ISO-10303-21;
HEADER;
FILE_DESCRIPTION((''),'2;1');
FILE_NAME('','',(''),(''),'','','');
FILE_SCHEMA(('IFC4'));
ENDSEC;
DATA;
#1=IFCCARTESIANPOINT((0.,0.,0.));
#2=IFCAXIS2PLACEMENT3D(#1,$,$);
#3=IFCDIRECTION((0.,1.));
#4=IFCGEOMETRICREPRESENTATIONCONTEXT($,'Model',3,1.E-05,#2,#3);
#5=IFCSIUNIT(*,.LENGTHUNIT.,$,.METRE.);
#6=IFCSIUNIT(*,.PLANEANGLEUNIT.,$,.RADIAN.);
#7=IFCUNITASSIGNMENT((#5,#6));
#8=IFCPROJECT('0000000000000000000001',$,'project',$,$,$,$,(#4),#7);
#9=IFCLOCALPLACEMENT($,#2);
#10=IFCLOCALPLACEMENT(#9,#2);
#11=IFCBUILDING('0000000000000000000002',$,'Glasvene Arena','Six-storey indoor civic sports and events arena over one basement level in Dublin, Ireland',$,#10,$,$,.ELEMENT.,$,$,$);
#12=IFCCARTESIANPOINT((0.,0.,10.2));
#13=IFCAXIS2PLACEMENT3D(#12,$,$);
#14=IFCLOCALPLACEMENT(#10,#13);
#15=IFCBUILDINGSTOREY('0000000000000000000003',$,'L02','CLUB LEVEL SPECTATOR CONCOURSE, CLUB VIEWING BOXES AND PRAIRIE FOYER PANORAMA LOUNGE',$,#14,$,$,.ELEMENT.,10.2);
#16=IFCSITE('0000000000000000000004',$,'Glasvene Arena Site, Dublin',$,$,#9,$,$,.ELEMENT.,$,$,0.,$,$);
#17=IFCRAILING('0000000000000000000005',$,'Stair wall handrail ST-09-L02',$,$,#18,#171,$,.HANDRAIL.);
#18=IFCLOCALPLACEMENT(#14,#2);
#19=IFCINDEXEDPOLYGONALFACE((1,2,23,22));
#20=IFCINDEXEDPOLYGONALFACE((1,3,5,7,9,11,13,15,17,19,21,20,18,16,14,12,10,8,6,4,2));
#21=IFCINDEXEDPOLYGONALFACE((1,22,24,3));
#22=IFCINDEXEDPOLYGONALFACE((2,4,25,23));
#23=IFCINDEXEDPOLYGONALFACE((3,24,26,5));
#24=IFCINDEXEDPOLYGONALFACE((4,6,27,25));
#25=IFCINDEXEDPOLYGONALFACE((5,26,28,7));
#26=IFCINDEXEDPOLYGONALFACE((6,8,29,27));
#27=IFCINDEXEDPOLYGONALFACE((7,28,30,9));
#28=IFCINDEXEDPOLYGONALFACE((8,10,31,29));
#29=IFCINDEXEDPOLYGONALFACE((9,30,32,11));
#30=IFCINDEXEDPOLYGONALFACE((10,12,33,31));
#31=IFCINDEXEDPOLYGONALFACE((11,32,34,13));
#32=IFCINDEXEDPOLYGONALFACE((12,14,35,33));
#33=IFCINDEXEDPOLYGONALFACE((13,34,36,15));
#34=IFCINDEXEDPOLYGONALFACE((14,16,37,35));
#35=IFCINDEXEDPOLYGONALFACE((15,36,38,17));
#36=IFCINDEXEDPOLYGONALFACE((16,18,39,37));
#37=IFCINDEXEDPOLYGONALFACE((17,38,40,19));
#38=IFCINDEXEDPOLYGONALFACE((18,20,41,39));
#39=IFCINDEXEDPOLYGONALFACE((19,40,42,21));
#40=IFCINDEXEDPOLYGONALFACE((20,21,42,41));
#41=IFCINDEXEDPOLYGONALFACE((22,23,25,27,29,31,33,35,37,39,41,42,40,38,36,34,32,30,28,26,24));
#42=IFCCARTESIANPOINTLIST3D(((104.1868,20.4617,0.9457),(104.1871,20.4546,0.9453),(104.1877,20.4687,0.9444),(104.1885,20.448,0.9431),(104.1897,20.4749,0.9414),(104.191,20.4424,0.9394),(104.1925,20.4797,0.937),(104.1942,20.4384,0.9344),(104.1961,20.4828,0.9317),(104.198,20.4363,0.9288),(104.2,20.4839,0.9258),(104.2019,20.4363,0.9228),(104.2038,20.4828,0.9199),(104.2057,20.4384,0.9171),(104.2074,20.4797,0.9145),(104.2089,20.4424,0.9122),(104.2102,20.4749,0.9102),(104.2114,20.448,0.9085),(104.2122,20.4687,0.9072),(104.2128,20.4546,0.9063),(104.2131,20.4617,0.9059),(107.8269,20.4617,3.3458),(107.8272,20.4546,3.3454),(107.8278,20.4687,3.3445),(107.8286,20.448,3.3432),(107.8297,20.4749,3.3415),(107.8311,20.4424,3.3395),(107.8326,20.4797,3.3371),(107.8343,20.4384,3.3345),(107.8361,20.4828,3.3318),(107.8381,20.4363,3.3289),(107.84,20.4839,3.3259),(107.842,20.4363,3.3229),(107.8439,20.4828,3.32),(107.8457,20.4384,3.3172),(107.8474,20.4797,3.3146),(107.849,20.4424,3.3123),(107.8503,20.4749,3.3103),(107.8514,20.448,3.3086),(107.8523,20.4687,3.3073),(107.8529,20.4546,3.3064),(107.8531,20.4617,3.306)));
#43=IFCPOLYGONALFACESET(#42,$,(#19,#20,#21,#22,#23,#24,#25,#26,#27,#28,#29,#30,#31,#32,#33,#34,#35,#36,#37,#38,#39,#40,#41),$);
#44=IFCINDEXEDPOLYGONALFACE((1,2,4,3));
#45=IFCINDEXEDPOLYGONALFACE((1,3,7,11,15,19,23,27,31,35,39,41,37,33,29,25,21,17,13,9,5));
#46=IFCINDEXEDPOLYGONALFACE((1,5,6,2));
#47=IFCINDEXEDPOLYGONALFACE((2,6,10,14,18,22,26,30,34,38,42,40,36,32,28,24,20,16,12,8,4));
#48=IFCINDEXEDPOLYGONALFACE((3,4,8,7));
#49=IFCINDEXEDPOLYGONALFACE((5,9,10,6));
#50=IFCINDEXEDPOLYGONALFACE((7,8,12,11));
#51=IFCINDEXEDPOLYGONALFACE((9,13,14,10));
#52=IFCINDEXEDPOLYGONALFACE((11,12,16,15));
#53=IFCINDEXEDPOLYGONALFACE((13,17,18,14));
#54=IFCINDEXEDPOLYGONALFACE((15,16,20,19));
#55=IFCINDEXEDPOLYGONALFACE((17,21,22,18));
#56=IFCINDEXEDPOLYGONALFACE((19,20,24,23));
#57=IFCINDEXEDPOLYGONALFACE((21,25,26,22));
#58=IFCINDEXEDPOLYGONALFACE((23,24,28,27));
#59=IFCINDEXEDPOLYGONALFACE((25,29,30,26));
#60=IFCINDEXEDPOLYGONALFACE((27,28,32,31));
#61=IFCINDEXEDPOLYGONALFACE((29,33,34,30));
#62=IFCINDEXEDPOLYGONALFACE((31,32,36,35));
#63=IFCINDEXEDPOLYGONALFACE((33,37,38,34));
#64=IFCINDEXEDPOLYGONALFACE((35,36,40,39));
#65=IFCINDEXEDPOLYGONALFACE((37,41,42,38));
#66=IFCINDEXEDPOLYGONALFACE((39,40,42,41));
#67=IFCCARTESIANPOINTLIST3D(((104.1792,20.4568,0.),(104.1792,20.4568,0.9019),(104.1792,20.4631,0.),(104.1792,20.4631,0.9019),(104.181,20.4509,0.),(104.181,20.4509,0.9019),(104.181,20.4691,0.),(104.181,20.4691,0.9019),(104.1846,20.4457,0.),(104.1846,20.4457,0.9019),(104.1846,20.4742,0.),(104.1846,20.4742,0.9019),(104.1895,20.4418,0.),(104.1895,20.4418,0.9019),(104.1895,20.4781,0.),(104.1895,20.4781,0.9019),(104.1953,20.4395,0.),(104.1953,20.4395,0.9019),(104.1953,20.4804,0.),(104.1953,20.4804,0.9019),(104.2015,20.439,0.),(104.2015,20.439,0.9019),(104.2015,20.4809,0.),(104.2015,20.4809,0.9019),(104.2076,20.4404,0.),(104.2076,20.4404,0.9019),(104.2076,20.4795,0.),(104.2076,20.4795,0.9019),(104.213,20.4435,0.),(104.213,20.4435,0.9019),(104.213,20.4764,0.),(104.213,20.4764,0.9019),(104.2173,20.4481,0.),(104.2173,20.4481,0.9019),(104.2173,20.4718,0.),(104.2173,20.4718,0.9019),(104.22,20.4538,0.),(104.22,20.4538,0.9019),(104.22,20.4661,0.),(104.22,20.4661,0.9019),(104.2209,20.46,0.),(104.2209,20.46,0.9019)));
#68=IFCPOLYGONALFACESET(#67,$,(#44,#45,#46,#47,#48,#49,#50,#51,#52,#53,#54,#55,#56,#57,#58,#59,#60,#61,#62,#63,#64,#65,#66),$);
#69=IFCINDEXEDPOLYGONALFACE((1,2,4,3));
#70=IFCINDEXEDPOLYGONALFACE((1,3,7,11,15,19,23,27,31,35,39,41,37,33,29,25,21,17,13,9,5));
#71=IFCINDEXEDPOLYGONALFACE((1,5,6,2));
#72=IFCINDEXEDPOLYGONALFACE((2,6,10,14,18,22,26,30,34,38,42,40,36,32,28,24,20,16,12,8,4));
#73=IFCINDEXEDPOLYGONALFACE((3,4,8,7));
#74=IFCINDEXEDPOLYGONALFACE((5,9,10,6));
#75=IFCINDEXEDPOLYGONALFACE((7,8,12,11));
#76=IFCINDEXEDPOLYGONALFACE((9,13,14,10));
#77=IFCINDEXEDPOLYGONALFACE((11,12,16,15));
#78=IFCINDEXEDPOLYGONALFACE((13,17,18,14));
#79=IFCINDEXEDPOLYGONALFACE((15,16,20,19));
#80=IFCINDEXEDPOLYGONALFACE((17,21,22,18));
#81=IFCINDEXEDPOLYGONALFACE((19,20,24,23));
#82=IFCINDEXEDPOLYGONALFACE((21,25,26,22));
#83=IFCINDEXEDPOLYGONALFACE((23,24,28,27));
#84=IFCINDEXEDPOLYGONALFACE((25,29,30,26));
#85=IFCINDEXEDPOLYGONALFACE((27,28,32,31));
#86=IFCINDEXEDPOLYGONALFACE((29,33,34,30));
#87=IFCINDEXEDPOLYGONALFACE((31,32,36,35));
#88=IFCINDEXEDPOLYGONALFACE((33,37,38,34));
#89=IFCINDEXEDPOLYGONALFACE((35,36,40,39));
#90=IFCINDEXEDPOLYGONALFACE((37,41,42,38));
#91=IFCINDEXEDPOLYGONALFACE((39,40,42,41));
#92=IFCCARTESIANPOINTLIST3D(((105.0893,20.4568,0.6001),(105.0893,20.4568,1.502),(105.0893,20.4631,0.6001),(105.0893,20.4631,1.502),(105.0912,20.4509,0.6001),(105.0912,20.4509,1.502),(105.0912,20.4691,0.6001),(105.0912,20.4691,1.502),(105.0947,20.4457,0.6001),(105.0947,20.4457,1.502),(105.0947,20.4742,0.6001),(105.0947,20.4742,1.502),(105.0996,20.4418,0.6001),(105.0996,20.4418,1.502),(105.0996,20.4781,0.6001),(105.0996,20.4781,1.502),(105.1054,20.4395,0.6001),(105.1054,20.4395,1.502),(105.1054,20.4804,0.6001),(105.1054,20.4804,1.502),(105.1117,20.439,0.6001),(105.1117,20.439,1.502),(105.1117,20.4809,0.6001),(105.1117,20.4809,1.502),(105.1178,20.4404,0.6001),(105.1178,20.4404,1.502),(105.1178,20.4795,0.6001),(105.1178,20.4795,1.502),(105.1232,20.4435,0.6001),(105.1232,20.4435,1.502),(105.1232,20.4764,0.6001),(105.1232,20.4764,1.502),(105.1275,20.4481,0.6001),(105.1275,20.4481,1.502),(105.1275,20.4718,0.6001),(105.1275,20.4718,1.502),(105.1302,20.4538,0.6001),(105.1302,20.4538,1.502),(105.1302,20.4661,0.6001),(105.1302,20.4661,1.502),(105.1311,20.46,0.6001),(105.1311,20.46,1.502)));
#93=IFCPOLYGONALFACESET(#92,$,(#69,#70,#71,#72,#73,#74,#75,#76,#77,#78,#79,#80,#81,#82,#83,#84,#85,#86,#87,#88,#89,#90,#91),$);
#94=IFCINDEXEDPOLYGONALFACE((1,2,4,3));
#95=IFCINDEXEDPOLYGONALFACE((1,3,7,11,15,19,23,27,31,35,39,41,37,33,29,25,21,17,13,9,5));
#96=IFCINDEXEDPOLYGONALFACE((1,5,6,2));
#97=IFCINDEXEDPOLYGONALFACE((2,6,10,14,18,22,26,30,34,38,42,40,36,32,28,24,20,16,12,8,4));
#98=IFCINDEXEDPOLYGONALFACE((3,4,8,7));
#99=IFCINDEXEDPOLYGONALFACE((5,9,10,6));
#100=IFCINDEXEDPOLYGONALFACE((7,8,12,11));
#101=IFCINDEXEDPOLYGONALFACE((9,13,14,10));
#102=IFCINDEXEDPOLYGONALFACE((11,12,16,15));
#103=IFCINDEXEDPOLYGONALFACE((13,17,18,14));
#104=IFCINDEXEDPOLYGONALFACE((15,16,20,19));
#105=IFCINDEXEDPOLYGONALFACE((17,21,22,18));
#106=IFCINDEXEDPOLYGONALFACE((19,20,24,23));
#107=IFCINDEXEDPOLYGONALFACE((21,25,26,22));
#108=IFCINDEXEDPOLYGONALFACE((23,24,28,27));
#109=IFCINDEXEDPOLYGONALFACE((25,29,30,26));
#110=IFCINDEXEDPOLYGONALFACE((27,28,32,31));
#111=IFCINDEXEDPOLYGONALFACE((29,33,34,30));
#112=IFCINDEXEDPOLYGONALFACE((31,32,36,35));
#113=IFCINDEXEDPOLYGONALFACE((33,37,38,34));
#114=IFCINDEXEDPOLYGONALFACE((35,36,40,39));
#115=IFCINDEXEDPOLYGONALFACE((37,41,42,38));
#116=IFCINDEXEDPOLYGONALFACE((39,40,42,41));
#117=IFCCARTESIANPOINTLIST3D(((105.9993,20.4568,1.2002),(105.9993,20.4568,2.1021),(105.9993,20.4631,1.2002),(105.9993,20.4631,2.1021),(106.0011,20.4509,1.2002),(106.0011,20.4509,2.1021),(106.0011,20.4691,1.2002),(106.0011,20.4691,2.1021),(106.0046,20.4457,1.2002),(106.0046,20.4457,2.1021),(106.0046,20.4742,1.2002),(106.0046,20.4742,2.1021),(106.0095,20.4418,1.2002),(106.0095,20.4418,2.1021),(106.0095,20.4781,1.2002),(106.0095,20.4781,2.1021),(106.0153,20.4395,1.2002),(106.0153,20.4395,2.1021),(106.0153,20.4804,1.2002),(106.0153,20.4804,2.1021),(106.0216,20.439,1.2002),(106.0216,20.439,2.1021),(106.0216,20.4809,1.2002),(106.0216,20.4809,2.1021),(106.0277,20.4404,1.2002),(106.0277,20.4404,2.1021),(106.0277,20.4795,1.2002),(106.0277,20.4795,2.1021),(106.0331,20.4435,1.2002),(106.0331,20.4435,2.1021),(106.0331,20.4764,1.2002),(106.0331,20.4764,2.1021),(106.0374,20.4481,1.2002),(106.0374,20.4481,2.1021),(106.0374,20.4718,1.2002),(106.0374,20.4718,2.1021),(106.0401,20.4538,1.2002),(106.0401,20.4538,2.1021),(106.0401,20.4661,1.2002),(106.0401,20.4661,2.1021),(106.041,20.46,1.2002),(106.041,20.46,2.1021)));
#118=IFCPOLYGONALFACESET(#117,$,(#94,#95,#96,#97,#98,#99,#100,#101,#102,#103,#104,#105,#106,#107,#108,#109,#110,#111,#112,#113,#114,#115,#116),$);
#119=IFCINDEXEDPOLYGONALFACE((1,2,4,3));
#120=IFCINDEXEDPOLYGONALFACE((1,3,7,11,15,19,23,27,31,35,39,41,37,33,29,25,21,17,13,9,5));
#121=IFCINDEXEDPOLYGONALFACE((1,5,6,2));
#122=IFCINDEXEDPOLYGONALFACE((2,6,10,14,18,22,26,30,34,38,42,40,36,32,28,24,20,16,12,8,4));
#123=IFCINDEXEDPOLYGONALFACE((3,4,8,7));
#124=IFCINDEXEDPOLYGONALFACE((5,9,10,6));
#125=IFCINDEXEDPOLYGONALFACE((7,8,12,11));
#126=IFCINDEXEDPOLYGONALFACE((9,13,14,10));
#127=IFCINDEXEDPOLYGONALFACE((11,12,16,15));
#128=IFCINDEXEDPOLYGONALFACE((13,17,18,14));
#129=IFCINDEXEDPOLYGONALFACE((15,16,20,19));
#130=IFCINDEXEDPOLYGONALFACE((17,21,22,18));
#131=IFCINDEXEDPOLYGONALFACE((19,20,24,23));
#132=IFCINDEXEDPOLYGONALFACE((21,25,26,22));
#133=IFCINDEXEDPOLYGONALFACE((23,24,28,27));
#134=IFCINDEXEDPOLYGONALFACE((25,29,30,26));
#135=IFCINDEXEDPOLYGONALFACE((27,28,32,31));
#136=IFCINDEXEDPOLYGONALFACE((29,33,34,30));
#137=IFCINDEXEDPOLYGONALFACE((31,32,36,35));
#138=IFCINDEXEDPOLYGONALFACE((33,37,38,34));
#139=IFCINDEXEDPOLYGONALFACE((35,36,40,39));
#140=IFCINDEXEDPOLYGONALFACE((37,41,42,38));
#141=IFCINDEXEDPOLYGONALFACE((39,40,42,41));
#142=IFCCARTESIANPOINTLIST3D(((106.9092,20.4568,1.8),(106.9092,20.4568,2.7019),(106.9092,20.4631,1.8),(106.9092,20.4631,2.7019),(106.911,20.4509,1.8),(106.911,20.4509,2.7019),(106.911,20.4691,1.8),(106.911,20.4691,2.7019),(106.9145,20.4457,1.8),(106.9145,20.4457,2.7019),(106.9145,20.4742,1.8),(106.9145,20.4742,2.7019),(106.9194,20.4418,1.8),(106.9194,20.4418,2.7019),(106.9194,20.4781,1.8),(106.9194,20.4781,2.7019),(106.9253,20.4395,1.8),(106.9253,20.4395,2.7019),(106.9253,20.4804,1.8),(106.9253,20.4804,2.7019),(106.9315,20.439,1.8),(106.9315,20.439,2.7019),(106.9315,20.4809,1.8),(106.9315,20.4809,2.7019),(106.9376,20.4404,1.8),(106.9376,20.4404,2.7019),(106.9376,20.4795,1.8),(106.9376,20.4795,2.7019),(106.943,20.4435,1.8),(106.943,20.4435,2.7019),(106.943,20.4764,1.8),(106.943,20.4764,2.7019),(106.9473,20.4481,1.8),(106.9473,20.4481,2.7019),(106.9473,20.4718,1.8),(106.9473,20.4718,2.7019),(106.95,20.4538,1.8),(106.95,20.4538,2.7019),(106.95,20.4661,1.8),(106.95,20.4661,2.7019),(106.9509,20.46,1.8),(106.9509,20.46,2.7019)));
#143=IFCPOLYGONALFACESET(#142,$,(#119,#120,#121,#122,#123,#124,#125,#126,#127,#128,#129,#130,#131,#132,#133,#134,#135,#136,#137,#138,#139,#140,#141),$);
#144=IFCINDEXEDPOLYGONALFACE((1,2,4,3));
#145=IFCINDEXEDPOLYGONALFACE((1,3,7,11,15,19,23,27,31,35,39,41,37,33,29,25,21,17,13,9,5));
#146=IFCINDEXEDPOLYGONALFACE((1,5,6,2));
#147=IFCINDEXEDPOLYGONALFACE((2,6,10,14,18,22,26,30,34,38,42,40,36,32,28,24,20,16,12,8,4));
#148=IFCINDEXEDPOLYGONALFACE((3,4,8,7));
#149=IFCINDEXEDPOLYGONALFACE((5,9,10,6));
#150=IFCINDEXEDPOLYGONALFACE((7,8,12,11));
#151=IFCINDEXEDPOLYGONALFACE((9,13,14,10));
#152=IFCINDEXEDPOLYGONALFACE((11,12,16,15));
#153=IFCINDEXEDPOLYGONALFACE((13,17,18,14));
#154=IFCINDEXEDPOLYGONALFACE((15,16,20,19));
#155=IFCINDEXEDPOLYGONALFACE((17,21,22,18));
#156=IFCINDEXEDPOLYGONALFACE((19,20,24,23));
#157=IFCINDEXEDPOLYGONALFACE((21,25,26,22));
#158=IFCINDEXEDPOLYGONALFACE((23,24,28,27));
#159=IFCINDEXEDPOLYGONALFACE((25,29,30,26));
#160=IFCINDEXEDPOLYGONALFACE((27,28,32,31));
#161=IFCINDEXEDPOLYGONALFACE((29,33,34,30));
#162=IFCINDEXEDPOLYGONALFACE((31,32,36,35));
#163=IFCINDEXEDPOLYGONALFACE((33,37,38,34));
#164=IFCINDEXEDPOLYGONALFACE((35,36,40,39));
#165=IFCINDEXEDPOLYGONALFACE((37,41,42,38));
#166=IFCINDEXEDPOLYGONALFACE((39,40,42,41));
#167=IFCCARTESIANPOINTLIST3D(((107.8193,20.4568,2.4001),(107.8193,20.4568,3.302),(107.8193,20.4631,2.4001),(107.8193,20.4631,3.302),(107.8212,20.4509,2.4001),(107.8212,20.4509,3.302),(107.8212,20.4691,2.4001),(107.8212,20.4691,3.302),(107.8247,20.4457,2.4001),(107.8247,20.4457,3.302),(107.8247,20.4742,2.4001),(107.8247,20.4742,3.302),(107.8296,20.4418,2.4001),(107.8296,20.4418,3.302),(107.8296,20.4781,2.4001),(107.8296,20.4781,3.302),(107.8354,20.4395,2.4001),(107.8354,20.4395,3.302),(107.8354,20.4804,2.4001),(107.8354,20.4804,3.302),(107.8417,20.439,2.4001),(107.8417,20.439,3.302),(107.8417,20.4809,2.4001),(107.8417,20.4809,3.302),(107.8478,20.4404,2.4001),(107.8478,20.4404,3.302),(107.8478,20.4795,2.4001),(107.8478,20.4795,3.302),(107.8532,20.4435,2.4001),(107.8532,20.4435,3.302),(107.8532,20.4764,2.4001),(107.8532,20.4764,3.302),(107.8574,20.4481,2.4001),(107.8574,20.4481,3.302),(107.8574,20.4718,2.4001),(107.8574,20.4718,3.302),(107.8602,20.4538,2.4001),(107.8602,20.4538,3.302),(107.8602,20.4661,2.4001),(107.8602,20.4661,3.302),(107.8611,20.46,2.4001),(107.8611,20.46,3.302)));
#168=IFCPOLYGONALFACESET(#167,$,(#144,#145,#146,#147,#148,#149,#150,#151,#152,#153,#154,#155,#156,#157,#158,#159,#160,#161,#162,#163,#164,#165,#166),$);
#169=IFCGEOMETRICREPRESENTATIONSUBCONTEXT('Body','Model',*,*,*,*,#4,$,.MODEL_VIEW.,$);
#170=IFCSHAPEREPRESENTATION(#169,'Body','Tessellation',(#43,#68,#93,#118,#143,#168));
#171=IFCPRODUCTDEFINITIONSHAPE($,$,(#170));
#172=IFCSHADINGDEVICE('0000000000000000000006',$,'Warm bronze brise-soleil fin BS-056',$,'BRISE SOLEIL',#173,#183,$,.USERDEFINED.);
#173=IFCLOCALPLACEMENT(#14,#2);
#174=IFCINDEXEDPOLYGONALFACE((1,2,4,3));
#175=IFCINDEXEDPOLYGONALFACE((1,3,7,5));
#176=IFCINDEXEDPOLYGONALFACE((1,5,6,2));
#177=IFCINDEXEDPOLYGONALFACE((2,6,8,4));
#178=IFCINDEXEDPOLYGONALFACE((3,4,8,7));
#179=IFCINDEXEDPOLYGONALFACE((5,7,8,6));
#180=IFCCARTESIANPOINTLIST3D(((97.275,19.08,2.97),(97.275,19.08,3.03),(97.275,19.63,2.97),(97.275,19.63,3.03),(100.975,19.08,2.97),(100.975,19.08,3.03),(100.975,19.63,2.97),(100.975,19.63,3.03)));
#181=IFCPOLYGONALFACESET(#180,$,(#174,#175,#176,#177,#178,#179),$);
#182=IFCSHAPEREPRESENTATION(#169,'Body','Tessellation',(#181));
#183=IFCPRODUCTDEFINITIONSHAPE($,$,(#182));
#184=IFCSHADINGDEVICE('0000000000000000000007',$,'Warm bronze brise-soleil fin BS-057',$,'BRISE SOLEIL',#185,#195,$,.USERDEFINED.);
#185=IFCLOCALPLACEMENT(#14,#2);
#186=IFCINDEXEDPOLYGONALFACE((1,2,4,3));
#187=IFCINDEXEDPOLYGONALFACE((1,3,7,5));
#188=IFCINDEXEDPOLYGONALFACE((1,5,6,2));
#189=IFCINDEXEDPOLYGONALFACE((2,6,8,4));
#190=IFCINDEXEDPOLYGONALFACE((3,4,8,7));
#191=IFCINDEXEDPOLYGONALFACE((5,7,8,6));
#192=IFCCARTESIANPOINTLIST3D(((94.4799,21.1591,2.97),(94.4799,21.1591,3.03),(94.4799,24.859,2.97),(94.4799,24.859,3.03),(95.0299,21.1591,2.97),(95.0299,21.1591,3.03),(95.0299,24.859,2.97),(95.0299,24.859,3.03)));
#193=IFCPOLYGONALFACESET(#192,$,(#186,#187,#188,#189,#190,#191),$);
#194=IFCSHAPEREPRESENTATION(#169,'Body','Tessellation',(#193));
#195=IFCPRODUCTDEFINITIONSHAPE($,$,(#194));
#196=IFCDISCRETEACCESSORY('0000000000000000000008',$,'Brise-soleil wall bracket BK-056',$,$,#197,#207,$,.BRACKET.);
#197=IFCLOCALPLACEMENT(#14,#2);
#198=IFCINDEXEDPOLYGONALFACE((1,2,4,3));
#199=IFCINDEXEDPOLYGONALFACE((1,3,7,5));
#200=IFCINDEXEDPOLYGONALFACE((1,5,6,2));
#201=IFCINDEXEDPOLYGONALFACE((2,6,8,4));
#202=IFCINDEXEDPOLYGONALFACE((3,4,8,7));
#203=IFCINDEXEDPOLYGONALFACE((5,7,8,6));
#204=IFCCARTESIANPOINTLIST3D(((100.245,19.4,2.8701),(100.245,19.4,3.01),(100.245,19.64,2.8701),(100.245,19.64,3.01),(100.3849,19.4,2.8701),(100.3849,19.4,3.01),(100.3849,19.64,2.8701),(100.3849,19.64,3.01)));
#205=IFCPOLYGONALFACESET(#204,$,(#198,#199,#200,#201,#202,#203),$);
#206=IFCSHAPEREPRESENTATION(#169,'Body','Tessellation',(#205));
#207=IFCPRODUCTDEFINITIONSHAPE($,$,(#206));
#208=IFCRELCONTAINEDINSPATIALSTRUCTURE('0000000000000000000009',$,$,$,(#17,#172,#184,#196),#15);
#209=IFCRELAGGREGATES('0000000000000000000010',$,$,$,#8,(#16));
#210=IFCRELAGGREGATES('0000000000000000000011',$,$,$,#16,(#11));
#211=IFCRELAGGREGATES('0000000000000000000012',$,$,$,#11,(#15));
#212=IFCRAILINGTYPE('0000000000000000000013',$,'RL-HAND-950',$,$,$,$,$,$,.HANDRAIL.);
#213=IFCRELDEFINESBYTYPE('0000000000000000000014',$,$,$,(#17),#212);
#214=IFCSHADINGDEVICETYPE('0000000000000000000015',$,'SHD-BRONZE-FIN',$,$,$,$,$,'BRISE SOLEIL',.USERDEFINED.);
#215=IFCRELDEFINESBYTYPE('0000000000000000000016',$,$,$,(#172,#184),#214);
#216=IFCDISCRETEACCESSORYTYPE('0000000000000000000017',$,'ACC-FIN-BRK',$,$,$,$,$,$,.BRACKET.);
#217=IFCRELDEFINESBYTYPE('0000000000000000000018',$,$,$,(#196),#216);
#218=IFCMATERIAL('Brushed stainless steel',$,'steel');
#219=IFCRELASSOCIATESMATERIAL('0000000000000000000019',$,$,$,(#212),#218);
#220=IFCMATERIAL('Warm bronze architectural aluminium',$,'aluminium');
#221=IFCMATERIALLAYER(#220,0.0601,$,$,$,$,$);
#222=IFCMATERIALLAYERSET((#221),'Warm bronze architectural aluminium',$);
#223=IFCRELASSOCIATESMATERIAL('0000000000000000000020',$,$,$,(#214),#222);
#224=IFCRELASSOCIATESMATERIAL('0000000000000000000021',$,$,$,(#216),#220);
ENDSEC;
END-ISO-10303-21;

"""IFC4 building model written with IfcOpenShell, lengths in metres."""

from ifc_helpers import new_model, si_unit, direction, frame, origin, origin_2d, place, context, subcontext, project, spatial, rectangle, circle, extrude, material, layer, layer_set, type_object, element, save


model = new_model("IFC4")

# Units and contexts
model_context = context("Model", 3, precision=1e-05, world=origin(), true_north=direction((0.0, 1.0)))
body_context = subcontext(model_context, "Body", "Model", "MODEL_VIEW")
ifc_project = project(units=[si_unit("LENGTHUNIT", "METRE"), si_unit("PLANEANGLEUNIT", "RADIAN")], contexts=[model_context])

# Site, building, storey
site_placement = place(None, origin())
site = spatial("IfcSite", under=ifc_project, at=site_placement, Name="Glasvene Arena Site, Dublin", CompositionType="ELEMENT", RefElevation=0.0)
building_placement = place(site_placement, origin())
building = spatial("IfcBuilding", under=site, at=building_placement, Name="Glasvene Arena", Description="Six-storey indoor civic sports and events arena over one basement level in Dublin, Ireland", CompositionType="ELEMENT")
storey_placement = place(building_placement, frame((0.0, 0.0, 10.2)))
storey = spatial("IfcBuildingStorey", under=building, at=storey_placement, Name="L02", Description="CLUB LEVEL SPECTATOR CONCOURSE, CLUB VIEWING BOXES AND PRAIRIE FOYER PANORAMA LOUNGE", CompositionType="ELEMENT", Elevation=10.2)

# Railing
ifc_material_1 = material(Name="Brushed stainless steel", Category="steel")
railing_type_1 = type_object("IfcRailingType", Name="RL-HAND-950", PredefinedType="HANDRAIL", material=ifc_material_1)
railing_1_placement = place(storey_placement, frame((104.2, 20.46, 0.0)))
element("IfcRailing", 1, at=railing_1_placement, inside=storey, type_object=railing_type_1, Name="Stair wall handrail ST-09-L02", PredefinedType="HANDRAIL", context=body_context, shape_type="SweptSolid", body=[
    extrude(circle(Radius=0.0239, at=origin_2d()), frame((0.0, 0.0, 0.9258), z_axis=(0.834856, 0.0, 0.550468), x_axis=(0.0, 1.0, 0.0)), (0.0, 0.0, 1.0), 4.3601),
    extrude(circle(Radius=0.021, at=origin_2d()), origin(), (0.0, 0.0, 1.0), 0.9019),
    extrude(circle(Radius=0.021, at=origin_2d()), frame((0.9102, 0.0, 0.6001)), (0.0, 0.0, 1.0), 0.9019),
    extrude(circle(Radius=0.021, at=origin_2d()), frame((1.8201, 0.0, 1.2002)), (0.0, 0.0, 1.0), 0.9019),
    extrude(circle(Radius=0.021, at=origin_2d()), frame((2.73, 0.0, 1.8)), (0.0, 0.0, 1.0), 0.9019),
    extrude(circle(Radius=0.021, at=origin_2d()), frame((3.6401, 0.0, 2.4001)), (0.0, 0.0, 1.0), 0.9019),
])

# Shading devices
ifc_material_2 = material(Name="Warm bronze architectural aluminium", Category="aluminium")
ifc_layer_1 = layer(ifc_material_2, 0.0601)
ifc_layer_set_1 = layer_set([ifc_layer_1], Name="Warm bronze architectural aluminium")
shading_device_type = type_object("IfcShadingDeviceType", Name="SHD-BRONZE-FIN", ElementType="BRISE SOLEIL", PredefinedType="USERDEFINED", material=ifc_layer_set_1)
for number, where, z_axis, x_axis, name in (
    (2, (99.125, 19.355, 2.97), (0.0, 0.0, 1.0), (-1.0, 0.0, 0.0), "Warm bronze brise-soleil fin BS-056"),
    (3, (94.7549, 23.009, 2.97), (0.0, 0.0, 1.0), (0.0, 1.0, 0.0), "Warm bronze brise-soleil fin BS-057"),
):
    element("IfcShadingDevice", number, at=place(storey_placement, frame(where, z_axis=z_axis, x_axis=x_axis)), inside=storey, type_object=shading_device_type, Name=name, ObjectType="BRISE SOLEIL", PredefinedType="USERDEFINED", context=body_context, shape_type="SweptSolid", body=[
        extrude(rectangle(XDim=3.7, YDim=0.55, at=origin_2d()), origin(), (0.0, 0.0, 1.0), 0.0601),
    ])

# Discrete accessory
discrete_accessory_type = type_object("IfcDiscreteAccessoryType", Name="ACC-FIN-BRK", PredefinedType="BRACKET", material=ifc_material_2)
for number, where, z_axis, x_axis, name in (
    (4, (100.3149, 19.52, 2.8701), (0.0, 0.0, 1.0), (-1.0, 0.0, 0.0), "Brise-soleil wall bracket BK-056"),
):
    element("IfcDiscreteAccessory", number, at=place(storey_placement, frame(where, z_axis=z_axis, x_axis=x_axis)), inside=storey, type_object=discrete_accessory_type, Name=name, PredefinedType="BRACKET", context=body_context, shape_type="SweptSolid", body=[
        extrude(rectangle(XDim=0.1399, YDim=0.24, at=origin_2d()), origin(), (0.0, 0.0, 1.0), 0.1399),
    ])

save(model, "model.ifc")
